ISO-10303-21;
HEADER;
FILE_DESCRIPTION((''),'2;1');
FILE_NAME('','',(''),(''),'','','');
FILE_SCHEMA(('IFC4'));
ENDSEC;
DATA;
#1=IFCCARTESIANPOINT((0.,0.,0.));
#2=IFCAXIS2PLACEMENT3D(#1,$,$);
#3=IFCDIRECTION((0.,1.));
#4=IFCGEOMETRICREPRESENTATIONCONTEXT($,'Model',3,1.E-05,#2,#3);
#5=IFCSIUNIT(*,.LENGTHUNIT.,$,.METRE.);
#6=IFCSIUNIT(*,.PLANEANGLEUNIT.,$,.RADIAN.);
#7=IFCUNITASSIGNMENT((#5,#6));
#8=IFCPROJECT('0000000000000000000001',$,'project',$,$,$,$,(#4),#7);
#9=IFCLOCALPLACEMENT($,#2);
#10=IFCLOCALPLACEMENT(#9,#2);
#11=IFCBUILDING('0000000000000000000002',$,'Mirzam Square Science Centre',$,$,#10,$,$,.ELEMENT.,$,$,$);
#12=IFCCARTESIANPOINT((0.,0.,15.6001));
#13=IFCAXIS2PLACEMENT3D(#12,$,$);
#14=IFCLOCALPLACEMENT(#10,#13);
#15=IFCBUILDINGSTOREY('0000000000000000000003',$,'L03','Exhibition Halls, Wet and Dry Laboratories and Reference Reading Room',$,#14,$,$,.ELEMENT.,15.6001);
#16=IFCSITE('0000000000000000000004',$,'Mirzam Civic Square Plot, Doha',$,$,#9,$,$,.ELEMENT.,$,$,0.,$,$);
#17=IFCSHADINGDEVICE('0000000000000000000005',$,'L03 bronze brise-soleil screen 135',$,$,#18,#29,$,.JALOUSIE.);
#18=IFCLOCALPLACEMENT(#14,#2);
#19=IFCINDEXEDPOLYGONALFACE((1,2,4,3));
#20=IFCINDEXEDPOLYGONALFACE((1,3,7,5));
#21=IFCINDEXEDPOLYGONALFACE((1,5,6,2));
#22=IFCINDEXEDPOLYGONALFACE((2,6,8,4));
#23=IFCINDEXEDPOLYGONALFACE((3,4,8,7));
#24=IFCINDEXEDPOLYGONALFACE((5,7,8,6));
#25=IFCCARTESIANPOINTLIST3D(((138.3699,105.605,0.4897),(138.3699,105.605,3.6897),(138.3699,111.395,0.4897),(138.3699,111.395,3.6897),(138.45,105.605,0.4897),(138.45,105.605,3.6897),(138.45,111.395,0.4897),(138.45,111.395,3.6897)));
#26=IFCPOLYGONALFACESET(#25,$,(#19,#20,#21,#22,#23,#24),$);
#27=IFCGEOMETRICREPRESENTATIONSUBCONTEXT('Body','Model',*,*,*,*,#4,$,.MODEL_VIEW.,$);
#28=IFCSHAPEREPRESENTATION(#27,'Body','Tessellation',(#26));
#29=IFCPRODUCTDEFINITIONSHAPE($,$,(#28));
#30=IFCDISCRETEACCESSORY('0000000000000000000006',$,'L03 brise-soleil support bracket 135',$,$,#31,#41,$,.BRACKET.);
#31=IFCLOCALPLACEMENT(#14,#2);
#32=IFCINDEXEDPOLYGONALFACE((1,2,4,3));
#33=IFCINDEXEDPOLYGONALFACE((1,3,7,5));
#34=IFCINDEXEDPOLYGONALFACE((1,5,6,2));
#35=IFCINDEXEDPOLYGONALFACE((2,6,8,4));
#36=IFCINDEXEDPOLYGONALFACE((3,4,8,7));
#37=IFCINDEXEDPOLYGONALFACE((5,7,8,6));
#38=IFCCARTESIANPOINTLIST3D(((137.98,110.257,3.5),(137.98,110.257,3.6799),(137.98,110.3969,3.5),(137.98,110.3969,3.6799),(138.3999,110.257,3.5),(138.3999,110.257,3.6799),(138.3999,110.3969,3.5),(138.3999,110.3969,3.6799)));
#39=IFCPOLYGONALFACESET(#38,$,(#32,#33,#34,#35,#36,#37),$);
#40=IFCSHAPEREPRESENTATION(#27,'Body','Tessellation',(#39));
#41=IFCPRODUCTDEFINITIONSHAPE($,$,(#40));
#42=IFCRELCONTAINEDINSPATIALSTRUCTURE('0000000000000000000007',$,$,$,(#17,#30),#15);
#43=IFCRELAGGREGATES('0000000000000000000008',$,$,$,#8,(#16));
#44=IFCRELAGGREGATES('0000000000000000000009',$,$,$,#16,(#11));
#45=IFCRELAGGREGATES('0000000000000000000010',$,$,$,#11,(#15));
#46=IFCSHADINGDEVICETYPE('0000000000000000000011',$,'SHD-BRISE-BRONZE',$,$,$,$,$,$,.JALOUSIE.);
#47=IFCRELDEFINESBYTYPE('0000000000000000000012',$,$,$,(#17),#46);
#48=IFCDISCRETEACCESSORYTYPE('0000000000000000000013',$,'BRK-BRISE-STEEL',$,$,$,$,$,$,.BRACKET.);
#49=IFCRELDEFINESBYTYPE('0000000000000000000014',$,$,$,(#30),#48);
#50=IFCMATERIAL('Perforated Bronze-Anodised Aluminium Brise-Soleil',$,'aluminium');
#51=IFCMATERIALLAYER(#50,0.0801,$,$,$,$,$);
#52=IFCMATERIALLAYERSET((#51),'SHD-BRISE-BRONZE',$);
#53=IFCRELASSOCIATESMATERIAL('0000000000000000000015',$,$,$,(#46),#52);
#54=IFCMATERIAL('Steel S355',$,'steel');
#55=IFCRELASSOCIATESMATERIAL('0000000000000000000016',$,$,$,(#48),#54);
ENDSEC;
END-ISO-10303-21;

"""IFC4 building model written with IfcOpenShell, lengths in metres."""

from ifc_helpers import new_model, si_unit, direction, frame, origin, origin_2d, place, context, subcontext, project, spatial, rectangle, extrude, material, layer, layer_set, type_object, element, save


model = new_model("IFC4")

# Units and contexts
model_context = context("Model", 3, precision=1e-05, world=origin(), true_north=direction((0.0, 1.0)))
body_context = subcontext(model_context, "Body", "Model", "MODEL_VIEW")
ifc_project = project(units=[si_unit("LENGTHUNIT", "METRE"), si_unit("PLANEANGLEUNIT", "RADIAN")], contexts=[model_context])

# Site, building, storey
site_placement = place(None, origin())
site = spatial("IfcSite", under=ifc_project, at=site_placement, Name="Mirzam Civic Square Plot, Doha", CompositionType="ELEMENT", RefElevation=0.0)
building_placement = place(site_placement, origin())
building = spatial("IfcBuilding", under=site, at=building_placement, Name="Mirzam Square Science Centre", CompositionType="ELEMENT")
storey_placement = place(building_placement, frame((0.0, 0.0, 15.6001)))
storey = spatial("IfcBuildingStorey", under=building, at=storey_placement, Name="L03", Description="Exhibition Halls, Wet and Dry Laboratories and Reference Reading Room", CompositionType="ELEMENT", Elevation=15.6001)

# Shared definitions
ifc_material_1 = material(Name="Steel S355", Category="steel")

# Shading device
ifc_material_2 = material(Name="Perforated Bronze-Anodised Aluminium Brise-Soleil", Category="aluminium")
ifc_layer_1 = layer(ifc_material_2, 0.0801)
ifc_layer_set_1 = layer_set([ifc_layer_1], Name="SHD-BRISE-BRONZE")
shading_device_type = type_object("IfcShadingDeviceType", Name="SHD-BRISE-BRONZE", PredefinedType="JALOUSIE", material=ifc_layer_set_1)
shading_device_placement = place(storey_placement, frame((138.4099, 108.5, 0.4897), z_axis=(0.0, 0.0, 1.0), x_axis=(0.0, 1.0, 0.0)))
element("IfcShadingDevice", 1, at=shading_device_placement, inside=storey, type_object=shading_device_type, Name="L03 bronze brise-soleil screen 135", PredefinedType="JALOUSIE", context=body_context, shape_type="SweptSolid", body=[
    extrude(rectangle(XDim=5.79, YDim=0.0801, at=origin_2d()), origin(), (0.0, 0.0, 1.0), 3.2),
])

# Discrete accessory
discrete_accessory_type = type_object("IfcDiscreteAccessoryType", Name="BRK-BRISE-STEEL", PredefinedType="BRACKET", material=ifc_material_1)
discrete_accessory_placement = place(storey_placement, frame((138.1899, 110.3269, 3.5), z_axis=(0.0, 0.0, 1.0), x_axis=(0.0, 1.0, 0.0)))
element("IfcDiscreteAccessory", 2, at=discrete_accessory_placement, inside=storey, type_object=discrete_accessory_type, Name="L03 brise-soleil support bracket 135", PredefinedType="BRACKET", context=body_context, shape_type="SweptSolid", body=[
    extrude(rectangle(XDim=0.1399, YDim=0.4199, at=origin_2d()), origin(), (0.0, 0.0, 1.0), 0.1799),
])

save(model, "model.ifc")
